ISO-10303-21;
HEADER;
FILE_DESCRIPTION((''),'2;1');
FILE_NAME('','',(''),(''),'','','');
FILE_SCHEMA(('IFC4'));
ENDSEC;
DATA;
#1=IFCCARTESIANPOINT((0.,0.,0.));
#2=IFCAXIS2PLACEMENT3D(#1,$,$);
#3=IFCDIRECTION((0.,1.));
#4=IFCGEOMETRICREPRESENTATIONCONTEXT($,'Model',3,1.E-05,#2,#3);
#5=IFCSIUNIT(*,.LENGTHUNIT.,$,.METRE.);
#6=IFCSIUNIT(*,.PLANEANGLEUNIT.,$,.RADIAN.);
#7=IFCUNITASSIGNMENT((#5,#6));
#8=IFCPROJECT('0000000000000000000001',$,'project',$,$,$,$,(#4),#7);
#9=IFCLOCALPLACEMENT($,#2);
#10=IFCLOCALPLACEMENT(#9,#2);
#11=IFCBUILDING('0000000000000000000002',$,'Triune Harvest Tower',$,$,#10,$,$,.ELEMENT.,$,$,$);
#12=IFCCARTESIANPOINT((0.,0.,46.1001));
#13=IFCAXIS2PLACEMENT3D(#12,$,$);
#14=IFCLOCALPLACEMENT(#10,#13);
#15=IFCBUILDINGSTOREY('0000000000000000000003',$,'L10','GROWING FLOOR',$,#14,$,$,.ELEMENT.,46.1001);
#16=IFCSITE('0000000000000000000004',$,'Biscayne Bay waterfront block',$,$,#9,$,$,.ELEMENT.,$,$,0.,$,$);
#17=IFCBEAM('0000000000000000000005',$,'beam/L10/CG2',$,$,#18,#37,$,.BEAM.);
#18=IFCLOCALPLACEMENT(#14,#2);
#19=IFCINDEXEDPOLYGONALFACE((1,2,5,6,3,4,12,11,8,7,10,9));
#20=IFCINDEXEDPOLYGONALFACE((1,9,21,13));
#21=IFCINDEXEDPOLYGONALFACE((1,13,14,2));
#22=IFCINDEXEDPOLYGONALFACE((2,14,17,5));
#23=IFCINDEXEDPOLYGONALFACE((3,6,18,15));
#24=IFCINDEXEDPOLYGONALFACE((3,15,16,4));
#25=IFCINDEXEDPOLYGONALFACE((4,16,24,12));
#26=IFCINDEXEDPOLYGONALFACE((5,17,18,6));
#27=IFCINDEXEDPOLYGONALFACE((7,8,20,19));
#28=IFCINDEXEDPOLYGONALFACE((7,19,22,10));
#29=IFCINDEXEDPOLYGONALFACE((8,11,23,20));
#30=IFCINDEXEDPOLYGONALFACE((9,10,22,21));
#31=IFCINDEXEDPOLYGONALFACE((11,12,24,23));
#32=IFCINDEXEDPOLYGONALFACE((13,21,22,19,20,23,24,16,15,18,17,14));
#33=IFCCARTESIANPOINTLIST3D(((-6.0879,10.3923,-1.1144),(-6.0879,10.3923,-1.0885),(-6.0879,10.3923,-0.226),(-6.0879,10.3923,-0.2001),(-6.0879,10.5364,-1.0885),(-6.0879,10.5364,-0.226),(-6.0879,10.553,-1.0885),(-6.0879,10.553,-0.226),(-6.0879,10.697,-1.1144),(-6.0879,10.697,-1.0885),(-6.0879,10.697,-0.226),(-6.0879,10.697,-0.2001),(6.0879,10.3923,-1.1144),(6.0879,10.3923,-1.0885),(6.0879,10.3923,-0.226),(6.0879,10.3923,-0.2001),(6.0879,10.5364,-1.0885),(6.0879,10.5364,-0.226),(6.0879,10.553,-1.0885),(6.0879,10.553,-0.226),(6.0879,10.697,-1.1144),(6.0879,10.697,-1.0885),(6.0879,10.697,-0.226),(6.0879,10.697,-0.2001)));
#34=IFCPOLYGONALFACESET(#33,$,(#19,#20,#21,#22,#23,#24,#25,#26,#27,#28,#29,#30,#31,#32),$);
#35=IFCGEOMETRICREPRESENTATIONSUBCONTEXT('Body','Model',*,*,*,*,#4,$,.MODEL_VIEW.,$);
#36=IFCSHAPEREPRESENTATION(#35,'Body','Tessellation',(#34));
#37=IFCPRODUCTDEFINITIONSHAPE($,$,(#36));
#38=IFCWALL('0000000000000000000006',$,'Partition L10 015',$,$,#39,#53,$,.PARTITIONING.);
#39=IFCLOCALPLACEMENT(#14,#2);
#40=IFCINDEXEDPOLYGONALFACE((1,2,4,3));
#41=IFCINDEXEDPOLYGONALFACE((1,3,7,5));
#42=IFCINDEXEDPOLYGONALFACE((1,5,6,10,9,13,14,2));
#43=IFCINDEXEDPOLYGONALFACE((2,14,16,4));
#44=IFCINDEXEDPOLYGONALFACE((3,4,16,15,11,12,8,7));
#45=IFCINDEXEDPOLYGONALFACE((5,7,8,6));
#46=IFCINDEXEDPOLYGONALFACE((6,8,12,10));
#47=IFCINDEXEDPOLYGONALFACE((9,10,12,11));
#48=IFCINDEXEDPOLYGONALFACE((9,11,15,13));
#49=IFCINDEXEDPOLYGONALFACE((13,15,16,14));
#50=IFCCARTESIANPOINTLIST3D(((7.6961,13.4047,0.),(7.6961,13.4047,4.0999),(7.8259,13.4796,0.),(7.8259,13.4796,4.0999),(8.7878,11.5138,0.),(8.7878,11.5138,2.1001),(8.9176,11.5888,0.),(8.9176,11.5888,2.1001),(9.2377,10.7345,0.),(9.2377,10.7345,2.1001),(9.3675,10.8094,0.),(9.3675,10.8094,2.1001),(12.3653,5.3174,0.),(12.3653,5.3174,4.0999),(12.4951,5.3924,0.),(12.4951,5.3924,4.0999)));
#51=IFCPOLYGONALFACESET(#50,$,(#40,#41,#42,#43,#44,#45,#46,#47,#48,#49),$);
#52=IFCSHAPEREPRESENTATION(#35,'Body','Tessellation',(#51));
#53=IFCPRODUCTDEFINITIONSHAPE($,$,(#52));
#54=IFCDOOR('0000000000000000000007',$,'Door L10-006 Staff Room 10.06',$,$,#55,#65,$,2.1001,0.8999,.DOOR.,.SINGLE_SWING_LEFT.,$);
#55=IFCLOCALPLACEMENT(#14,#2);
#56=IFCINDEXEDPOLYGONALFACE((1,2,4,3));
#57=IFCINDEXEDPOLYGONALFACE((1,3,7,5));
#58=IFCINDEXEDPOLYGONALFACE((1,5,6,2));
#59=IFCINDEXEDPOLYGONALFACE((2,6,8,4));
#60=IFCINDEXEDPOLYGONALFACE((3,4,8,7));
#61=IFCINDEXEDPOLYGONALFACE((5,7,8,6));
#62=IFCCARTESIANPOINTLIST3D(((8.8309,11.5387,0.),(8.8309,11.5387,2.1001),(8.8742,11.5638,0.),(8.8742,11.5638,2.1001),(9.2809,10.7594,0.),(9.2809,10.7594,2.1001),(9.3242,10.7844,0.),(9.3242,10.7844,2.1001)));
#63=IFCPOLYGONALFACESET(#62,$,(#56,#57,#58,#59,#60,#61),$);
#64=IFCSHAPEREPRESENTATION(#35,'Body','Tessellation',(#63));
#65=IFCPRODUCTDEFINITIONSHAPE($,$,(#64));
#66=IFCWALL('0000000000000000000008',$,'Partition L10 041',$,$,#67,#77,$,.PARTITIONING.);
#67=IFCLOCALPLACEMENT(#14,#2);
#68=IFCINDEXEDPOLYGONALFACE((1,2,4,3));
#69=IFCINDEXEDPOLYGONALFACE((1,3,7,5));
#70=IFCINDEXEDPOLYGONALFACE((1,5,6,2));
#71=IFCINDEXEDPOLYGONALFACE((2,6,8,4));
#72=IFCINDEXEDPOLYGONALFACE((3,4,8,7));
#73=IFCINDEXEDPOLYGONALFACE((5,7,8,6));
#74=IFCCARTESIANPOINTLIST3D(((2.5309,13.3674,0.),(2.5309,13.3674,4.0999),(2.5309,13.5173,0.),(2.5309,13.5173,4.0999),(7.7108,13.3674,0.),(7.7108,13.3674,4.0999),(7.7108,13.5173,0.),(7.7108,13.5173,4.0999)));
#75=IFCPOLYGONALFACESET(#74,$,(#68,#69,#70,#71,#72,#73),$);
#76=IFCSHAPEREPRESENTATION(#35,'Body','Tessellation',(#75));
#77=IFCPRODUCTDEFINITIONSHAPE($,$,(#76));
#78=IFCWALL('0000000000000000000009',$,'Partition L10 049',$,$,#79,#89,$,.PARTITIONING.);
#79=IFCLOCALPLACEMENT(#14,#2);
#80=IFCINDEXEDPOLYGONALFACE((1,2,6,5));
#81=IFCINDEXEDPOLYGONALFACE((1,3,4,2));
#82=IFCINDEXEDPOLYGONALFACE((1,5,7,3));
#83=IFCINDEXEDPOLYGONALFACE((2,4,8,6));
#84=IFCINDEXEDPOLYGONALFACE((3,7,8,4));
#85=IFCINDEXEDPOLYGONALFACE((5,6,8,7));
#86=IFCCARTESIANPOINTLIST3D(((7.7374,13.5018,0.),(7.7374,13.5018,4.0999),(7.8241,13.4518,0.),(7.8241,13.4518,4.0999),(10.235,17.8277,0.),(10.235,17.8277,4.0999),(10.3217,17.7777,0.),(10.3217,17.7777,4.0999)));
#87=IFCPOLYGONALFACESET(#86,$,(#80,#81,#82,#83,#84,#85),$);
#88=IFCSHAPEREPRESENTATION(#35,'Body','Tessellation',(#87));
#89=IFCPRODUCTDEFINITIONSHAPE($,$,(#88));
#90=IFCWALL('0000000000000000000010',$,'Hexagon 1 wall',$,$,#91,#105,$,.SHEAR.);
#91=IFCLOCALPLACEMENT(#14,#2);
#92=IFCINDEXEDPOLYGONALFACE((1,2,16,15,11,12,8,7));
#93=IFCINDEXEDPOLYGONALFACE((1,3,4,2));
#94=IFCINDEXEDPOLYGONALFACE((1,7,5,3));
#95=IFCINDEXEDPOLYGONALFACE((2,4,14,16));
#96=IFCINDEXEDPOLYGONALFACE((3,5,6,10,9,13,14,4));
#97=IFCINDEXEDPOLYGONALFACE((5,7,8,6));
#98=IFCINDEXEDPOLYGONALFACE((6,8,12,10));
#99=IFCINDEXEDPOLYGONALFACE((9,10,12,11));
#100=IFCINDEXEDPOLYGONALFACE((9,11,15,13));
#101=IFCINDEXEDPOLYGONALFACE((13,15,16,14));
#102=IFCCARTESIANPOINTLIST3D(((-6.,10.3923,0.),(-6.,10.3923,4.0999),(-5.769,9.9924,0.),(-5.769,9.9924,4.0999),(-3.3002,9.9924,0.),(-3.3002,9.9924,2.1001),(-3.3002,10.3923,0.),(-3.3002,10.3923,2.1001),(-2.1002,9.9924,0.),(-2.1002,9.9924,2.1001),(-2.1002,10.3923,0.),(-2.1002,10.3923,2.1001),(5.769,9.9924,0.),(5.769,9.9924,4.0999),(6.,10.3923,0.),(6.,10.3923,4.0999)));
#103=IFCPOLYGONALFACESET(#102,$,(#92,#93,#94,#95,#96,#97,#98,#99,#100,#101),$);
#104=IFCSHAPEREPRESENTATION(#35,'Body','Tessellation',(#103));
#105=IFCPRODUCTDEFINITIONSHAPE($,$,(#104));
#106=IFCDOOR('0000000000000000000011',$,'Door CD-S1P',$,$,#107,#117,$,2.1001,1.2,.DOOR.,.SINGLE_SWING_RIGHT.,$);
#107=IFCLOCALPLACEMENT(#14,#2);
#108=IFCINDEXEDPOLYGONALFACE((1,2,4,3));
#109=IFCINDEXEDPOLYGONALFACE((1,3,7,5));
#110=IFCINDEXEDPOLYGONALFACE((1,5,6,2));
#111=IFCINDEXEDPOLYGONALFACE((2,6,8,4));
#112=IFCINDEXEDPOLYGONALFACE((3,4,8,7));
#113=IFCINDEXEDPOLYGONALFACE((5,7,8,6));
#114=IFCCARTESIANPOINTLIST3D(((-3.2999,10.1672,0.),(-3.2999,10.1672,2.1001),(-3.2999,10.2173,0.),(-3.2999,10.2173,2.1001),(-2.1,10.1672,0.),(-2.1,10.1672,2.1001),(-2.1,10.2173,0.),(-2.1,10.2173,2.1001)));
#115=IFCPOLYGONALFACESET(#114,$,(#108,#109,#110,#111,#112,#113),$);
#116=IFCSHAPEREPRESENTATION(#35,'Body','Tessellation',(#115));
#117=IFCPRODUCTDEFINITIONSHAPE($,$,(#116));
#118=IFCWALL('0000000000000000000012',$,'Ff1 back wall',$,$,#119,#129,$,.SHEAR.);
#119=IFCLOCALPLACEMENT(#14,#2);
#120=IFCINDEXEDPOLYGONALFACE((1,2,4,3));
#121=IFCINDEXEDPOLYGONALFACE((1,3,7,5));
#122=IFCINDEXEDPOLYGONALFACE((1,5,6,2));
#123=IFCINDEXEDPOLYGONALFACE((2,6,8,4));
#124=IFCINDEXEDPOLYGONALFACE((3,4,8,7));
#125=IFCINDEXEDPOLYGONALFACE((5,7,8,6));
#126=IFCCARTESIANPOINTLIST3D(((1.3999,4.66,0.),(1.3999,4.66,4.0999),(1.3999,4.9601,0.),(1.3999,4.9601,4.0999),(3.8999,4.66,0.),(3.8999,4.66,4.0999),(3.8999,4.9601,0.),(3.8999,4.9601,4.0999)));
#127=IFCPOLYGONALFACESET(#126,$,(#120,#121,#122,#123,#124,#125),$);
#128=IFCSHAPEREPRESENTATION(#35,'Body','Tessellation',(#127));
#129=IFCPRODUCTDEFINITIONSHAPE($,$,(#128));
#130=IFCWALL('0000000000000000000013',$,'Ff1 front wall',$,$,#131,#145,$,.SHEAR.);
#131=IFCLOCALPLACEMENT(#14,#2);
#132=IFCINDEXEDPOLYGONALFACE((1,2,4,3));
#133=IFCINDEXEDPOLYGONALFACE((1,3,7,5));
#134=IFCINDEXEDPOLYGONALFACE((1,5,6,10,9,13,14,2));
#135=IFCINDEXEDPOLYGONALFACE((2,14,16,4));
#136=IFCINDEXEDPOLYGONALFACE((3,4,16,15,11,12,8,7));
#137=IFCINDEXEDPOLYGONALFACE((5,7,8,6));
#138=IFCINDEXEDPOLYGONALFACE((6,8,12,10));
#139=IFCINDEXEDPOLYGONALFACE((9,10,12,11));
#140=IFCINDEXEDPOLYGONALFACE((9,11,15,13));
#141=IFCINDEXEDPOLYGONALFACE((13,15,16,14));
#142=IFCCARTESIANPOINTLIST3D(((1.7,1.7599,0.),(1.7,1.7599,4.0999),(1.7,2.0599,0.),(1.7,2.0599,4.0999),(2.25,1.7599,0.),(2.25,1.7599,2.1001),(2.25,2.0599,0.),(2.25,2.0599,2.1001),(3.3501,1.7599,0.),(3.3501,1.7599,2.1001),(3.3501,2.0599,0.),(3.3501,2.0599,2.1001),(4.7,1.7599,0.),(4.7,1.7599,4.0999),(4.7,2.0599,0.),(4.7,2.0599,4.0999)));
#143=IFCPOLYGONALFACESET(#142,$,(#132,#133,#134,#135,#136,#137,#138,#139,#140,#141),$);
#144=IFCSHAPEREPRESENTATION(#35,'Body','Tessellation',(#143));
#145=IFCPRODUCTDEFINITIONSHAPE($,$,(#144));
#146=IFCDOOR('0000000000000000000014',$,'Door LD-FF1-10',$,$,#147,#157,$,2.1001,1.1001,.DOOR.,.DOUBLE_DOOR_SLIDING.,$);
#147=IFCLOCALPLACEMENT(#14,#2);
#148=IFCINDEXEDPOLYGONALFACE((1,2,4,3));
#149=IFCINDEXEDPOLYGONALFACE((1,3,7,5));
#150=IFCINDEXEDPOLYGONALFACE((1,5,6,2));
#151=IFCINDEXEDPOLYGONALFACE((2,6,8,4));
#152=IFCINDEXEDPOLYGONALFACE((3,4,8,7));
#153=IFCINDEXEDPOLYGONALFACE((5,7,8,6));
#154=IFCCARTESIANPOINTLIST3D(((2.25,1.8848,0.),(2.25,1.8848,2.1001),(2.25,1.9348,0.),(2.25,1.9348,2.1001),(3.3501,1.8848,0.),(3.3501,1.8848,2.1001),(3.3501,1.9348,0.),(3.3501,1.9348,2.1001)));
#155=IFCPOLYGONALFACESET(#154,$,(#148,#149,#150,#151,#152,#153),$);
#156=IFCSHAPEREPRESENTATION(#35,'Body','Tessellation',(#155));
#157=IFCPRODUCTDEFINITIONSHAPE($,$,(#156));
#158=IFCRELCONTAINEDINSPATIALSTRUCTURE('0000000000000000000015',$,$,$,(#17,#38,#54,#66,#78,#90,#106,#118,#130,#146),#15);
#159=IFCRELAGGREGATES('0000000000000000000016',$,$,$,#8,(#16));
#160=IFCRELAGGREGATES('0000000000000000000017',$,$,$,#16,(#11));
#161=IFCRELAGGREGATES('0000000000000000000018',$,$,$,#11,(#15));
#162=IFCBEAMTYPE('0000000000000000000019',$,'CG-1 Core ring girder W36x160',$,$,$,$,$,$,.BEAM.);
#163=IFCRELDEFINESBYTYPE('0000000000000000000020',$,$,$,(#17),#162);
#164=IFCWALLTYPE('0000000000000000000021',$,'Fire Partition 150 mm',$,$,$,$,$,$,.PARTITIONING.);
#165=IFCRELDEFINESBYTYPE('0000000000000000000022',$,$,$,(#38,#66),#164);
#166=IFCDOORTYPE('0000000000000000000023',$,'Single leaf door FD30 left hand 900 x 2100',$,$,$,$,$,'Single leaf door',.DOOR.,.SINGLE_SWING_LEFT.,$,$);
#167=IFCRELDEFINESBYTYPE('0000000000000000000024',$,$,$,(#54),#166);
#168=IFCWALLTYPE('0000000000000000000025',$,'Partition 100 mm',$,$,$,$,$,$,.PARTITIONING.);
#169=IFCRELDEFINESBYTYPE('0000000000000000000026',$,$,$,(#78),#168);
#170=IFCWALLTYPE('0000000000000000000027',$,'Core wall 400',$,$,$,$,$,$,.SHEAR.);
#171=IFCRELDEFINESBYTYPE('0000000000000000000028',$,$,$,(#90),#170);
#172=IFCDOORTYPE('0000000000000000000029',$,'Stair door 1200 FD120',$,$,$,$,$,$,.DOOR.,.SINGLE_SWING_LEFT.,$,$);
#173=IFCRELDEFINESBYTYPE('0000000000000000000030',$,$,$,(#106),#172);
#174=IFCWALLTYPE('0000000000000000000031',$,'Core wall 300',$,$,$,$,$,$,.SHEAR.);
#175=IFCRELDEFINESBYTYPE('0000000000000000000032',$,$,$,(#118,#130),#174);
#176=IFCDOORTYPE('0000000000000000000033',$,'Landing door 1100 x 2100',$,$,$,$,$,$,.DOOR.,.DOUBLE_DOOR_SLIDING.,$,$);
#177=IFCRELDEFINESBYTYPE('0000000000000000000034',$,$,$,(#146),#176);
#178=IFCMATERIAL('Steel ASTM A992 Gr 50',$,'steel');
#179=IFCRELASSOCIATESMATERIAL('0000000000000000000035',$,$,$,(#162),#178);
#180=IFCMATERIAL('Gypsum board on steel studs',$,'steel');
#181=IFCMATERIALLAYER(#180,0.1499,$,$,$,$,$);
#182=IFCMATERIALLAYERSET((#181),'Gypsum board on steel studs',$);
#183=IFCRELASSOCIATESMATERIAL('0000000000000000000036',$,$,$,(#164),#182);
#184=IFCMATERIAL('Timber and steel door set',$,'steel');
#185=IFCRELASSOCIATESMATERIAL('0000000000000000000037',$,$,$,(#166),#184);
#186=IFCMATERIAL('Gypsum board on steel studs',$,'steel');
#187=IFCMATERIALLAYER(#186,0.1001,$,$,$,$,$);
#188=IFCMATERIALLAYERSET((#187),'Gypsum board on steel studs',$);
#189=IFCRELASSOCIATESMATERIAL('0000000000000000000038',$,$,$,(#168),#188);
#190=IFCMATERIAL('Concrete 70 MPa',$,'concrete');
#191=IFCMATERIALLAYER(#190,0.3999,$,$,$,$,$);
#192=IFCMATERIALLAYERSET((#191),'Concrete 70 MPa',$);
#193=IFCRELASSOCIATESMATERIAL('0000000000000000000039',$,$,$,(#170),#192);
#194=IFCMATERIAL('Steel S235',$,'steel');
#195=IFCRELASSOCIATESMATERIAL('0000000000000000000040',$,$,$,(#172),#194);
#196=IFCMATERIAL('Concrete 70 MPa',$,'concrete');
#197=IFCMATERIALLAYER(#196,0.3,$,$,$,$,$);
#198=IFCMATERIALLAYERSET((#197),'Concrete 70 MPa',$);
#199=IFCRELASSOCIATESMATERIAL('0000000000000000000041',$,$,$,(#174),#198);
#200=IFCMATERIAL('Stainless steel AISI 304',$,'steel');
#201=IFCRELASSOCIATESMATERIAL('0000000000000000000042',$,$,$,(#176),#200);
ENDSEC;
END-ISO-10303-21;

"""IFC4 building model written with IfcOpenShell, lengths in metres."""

from ifc_helpers import new_model, si_unit, direction, frame, frame_2d, origin, origin_2d, place, context, subcontext, project, spatial, polyline, rectangle, i_section, outline, extrude, source, transform, mapped, material, layer, layer_set, material_profile, profile_set, type_object, element, fill, save


model = new_model("IFC4")

# Units and contexts
model_context = context("Model", 3, precision=1e-05, world=origin(), true_north=direction((0.0, 1.0)))
body_context = subcontext(model_context, "Body", "Model", "MODEL_VIEW")
ifc_project = project(units=[si_unit("LENGTHUNIT", "METRE"), si_unit("PLANEANGLEUNIT", "RADIAN")], contexts=[model_context])

# Site, building, storey
site_placement = place(None, origin())
site = spatial("IfcSite", under=ifc_project, at=site_placement, Name="Biscayne Bay waterfront block", CompositionType="ELEMENT", RefElevation=0.0)
building_placement = place(site_placement, origin())
building = spatial("IfcBuilding", under=site, at=building_placement, Name="Triune Harvest Tower", CompositionType="ELEMENT")
storey_placement = place(building_placement, frame((0.0, 0.0, 46.1001)))
storey = spatial("IfcBuildingStorey", under=building, at=storey_placement, Name="L10", Description="GROWING FLOOR", CompositionType="ELEMENT", Elevation=46.1001)

# Beam
ifc_material_1 = material(Name="Steel ASTM A992 Gr 50", Category="steel")
ifc_material_profile = material_profile(ifc_material_1, i_section(OverallWidth=0.3047, OverallDepth=0.9143, WebThickness=0.0166, FlangeThickness=0.0259, at=origin_2d()), Name="W36x160")
ifc_profile_set = profile_set([ifc_material_profile], Name="Steel ASTM A992 Gr 50")
beam_type = type_object("IfcBeamType", Name="CG-1 Core ring girder W36x160", PredefinedType="BEAM", material=ifc_profile_set)
shared_shape_1 = source(origin(), body_context, "Body", "SweptSolid", [
    extrude(i_section(OverallWidth=0.3047, OverallDepth=0.9143, WebThickness=0.0166, FlangeThickness=0.0259, at=origin_2d()), origin(), (0.0, 0.0, 1.0), 12.1758),
])
beam_placement = place(storey_placement, frame((6.0879, 10.5447, -0.6572), z_axis=(-1.0, 0.0, 0.0), x_axis=(0.0, -1.0, 0.0)))
element("IfcBeam", 1, at=beam_placement, inside=storey, type_object=beam_type, Name="beam/L10/CG2", PredefinedType="BEAM", context=body_context, shape_type="MappedRepresentation", body=[
    mapped(shared_shape_1, transform((0.0, 0.0, 0.0), scale=1.0)),
])

# Wall, opening, door
ifc_material_2 = material(Name="Gypsum board on steel studs", Category="steel")
ifc_layer_1 = layer(ifc_material_2, 0.1499)
ifc_layer_set_1 = layer_set([ifc_layer_1], Name="Gypsum board on steel studs")
wall_type_1 = type_object("IfcWallType", Name="Fire Partition 150 mm", PredefinedType="PARTITIONING", material=ifc_layer_set_1)
wall_1_placement = place(storey_placement, frame((7.761, 13.4421, 0.0), z_axis=(0.0, 0.0, 1.0), x_axis=(0.500005, -0.866022, 0.0)))
wall_1 = element("IfcWall", 2, at=wall_1_placement, inside=storey, type_object=wall_type_1, Name="Partition L10 015", PredefinedType="PARTITIONING", context=body_context, shape_type="SweptSolid", body=[
    extrude(rectangle(XDim=9.3384, YDim=0.1499, at=frame_2d((4.6692, 0.0))), origin(), (0.0, 0.0, 1.0), 4.0999),
])
opening_1_placement = place(wall_1_placement, frame((2.1833, 0.0, 0.0)))
opening_1 = element("IfcOpeningElement", 3, at=opening_1_placement, cuts=wall_1, PredefinedType="OPENING", context=body_context, shape_type="SweptSolid", body=[
    extrude(rectangle(XDim=0.8999, YDim=2.1001, at=frame_2d((0.45, 1.05))), frame((0.0, 0.085, 0.0), z_axis=(0.0, -1.0, 0.0), x_axis=(1.0, 0.0, 0.0)), (0.0, 0.0, 1.0), 0.1699),
])
ifc_material_3 = material(Name="Timber and steel door set", Category="steel")
door_type_1 = type_object("IfcDoorType", Name="Single leaf door FD30 left hand 900 x 2100", ElementType="Single leaf door", OperationType="SINGLE_SWING_LEFT", PredefinedType="DOOR", material=ifc_material_3)
door_1_placement = place(opening_1_placement, origin())
door_1 = element("IfcDoor", 4, at=door_1_placement, inside=storey, type_object=door_type_1, Name="Door L10-006 Staff Room 10.06", OperationType="SINGLE_SWING_LEFT", OverallHeight=2.1001, OverallWidth=0.8999, PredefinedType="DOOR", context=body_context, shape_type="SweptSolid", body=[
    extrude(rectangle(XDim=0.8999, YDim=2.1001, at=frame_2d((0.45, 1.05))), frame((0.0, 0.0249, 0.0), z_axis=(0.0, -1.0, 0.0), x_axis=(1.0, 0.0, 0.0)), (0.0, 0.0, 1.0), 0.05),
])
fill(opening_1, door_1)

# Walls
wall_2_placement = place(storey_placement, frame((2.531, 13.4424, 0.0), z_axis=(0.0, 0.0, 1.0), x_axis=(1.0, 0.0, 0.0)))
element("IfcWall", 5, at=wall_2_placement, inside=storey, type_object=wall_type_1, Name="Partition L10 041", PredefinedType="PARTITIONING", context=body_context, shape_type="SweptSolid", body=[
    extrude(rectangle(XDim=5.1799, YDim=0.1499, at=frame_2d((2.5898, 0.0))), origin(), (0.0, 0.0, 1.0), 4.0999),
])
ifc_material_4 = material(Name="Gypsum board on steel studs", Category="steel")
ifc_layer_2 = layer(ifc_material_4, 0.1001)
ifc_layer_set_2 = layer_set([ifc_layer_2], Name="Gypsum board on steel studs")
wall_type_2 = type_object("IfcWallType", Name="Partition 100 mm", PredefinedType="PARTITIONING", material=ifc_layer_set_2)
wall_3_placement = place(storey_placement, frame((7.7808, 13.4768, 0.0), z_axis=(0.0, 0.0, 1.0), x_axis=(0.499997, 0.866027, 0.0)))
element("IfcWall", 6, at=wall_3_placement, inside=storey, type_object=wall_type_2, Name="Partition L10 049", PredefinedType="PARTITIONING", context=body_context, shape_type="SweptSolid", body=[
    extrude(rectangle(XDim=4.9951, YDim=0.1001, at=frame_2d((2.4976, 0.0))), origin(), (0.0, 0.0, 1.0), 4.0999),
])

# Wall, opening, door
ifc_material_5 = material(Name="Concrete 70 MPa", Category="concrete")
ifc_layer_3 = layer(ifc_material_5, 0.3999)
ifc_layer_set_3 = layer_set([ifc_layer_3], Name="Concrete 70 MPa")
wall_type_3 = type_object("IfcWallType", Name="Core wall 400", PredefinedType="SHEAR", material=ifc_layer_set_3)
shared_shape_2 = source(origin(), body_context, "Body", "SweptSolid", [
    extrude(outline(polyline([(-0.1155, -0.2), (11.8845, -0.2), (11.6536, 0.2), (0.1155, 0.2), (-0.1155, -0.2)])), origin(), (0.0, 0.0, 1.0), 4.0999),
])
wall_4_placement = place(storey_placement, frame((5.8845, 10.1924, 0.0), z_axis=(0.0, 0.0, 1.0), x_axis=(-1.0, 0.0, 0.0)))
wall_4 = element("IfcWall", 7, at=wall_4_placement, inside=storey, type_object=wall_type_3, Name="Hexagon 1 wall", PredefinedType="SHEAR", context=body_context, shape_type="MappedRepresentation", body=[
    mapped(shared_shape_2, transform((0.0, 0.0, 0.0), scale=1.0)),
])
opening_2_placement = place(wall_4_placement, frame((7.9846, 0.0, 0.0)))
opening_2 = element("IfcOpeningElement", 8, at=opening_2_placement, cuts=wall_4, PredefinedType="OPENING", context=body_context, shape_type="SweptSolid", body=[
    extrude(rectangle(XDim=1.2, YDim=2.1001, at=frame_2d((0.6001, 1.05))), frame((0.0, 0.21, 0.0), z_axis=(0.0, -1.0, 0.0), x_axis=(1.0, 0.0, 0.0)), (0.0, 0.0, 1.0), 0.4199),
])
ifc_material_6 = material(Name="Steel S235", Category="steel")
door_type_2 = type_object("IfcDoorType", Name="Stair door 1200 FD120", OperationType="SINGLE_SWING_LEFT", PredefinedType="DOOR", material=ifc_material_6)
door_2_placement = place(opening_2_placement, frame((1.2, 0.0, 0.0), z_axis=(0.0, 0.0, 1.0), x_axis=(-1.0, 0.0, 0.0)))
door_2 = element("IfcDoor", 9, at=door_2_placement, inside=storey, type_object=door_type_2, Name="Door CD-S1P", OperationType="SINGLE_SWING_RIGHT", OverallHeight=2.1001, OverallWidth=1.2, PredefinedType="DOOR", context=body_context, shape_type="SweptSolid", body=[
    extrude(rectangle(XDim=1.2, YDim=2.1001, at=frame_2d((0.6001, 1.05))), frame((0.0, 0.0249, 0.0), z_axis=(0.0, -1.0, 0.0), x_axis=(1.0, 0.0, 0.0)), (0.0, 0.0, 1.0), 0.05),
])
fill(opening_2, door_2)

# Wall
ifc_material_7 = material(Name="Concrete 70 MPa", Category="concrete")
ifc_layer_4 = layer(ifc_material_7, 0.3)
ifc_layer_set_4 = layer_set([ifc_layer_4], Name="Concrete 70 MPa")
wall_type_4 = type_object("IfcWallType", Name="Core wall 300", PredefinedType="SHEAR", material=ifc_layer_set_4)
shared_shape_3 = source(origin(), body_context, "Body", "SweptSolid", [
    extrude(rectangle(XDim=2.5, YDim=0.3, at=frame_2d((1.25, 0.0))), origin(), (0.0, 0.0, 1.0), 4.0999),
])
wall_5_placement = place(storey_placement, frame((1.3999, 4.8101, 0.0), z_axis=(0.0, 0.0, 1.0), x_axis=(1.0, 0.0, 0.0)))
element("IfcWall", 10, at=wall_5_placement, inside=storey, type_object=wall_type_4, Name="Ff1 back wall", PredefinedType="SHEAR", context=body_context, shape_type="MappedRepresentation", body=[
    mapped(shared_shape_3, transform((0.0, 0.0, 0.0), scale=1.0)),
])

# Wall, opening, door
shared_shape_4 = source(origin(), body_context, "Body", "SweptSolid", [
    extrude(rectangle(XDim=3.0, YDim=0.3, at=frame_2d((1.5, 0.0))), origin(), (0.0, 0.0, 1.0), 4.0999),
])
wall_6_placement = place(storey_placement, frame((1.7, 1.9099, 0.0), z_axis=(0.0, 0.0, 1.0), x_axis=(1.0, 0.0, 0.0)))
wall_6 = element("IfcWall", 11, at=wall_6_placement, inside=storey, type_object=wall_type_4, Name="Ff1 front wall", PredefinedType="SHEAR", context=body_context, shape_type="MappedRepresentation", body=[
    mapped(shared_shape_4, transform((0.0, 0.0, 0.0), scale=1.0)),
])
opening_3_placement = place(wall_6_placement, frame((0.55, 0.0, 0.0)))
opening_3 = element("IfcOpeningElement", 12, at=opening_3_placement, cuts=wall_6, PredefinedType="OPENING", context=body_context, shape_type="SweptSolid", body=[
    extrude(rectangle(XDim=1.1001, YDim=2.1001, at=frame_2d((0.55, 1.05))), frame((0.0, 0.1602, 0.0), z_axis=(0.0, -1.0, 0.0), x_axis=(1.0, 0.0, 0.0)), (0.0, 0.0, 1.0), 0.3201),
])
ifc_material_8 = material(Name="Stainless steel AISI 304", Category="steel")
door_type_3 = type_object("IfcDoorType", Name="Landing door 1100 x 2100", OperationType="DOUBLE_DOOR_SLIDING", PredefinedType="DOOR", material=ifc_material_8)
door_3_placement = place(opening_3_placement, origin())
door_3 = element("IfcDoor", 13, at=door_3_placement, inside=storey, type_object=door_type_3, Name="Door LD-FF1-10", OperationType="DOUBLE_DOOR_SLIDING", OverallHeight=2.1001, OverallWidth=1.1001, PredefinedType="DOOR", context=body_context, shape_type="SweptSolid", body=[
    extrude(rectangle(XDim=1.1001, YDim=2.1001, at=frame_2d((0.55, 1.05))), frame((0.0, 0.0249, 0.0), z_axis=(0.0, -1.0, 0.0), x_axis=(1.0, 0.0, 0.0)), (0.0, 0.0, 1.0), 0.05),
])
fill(opening_3, door_3)

save(model, "model.ifc")
